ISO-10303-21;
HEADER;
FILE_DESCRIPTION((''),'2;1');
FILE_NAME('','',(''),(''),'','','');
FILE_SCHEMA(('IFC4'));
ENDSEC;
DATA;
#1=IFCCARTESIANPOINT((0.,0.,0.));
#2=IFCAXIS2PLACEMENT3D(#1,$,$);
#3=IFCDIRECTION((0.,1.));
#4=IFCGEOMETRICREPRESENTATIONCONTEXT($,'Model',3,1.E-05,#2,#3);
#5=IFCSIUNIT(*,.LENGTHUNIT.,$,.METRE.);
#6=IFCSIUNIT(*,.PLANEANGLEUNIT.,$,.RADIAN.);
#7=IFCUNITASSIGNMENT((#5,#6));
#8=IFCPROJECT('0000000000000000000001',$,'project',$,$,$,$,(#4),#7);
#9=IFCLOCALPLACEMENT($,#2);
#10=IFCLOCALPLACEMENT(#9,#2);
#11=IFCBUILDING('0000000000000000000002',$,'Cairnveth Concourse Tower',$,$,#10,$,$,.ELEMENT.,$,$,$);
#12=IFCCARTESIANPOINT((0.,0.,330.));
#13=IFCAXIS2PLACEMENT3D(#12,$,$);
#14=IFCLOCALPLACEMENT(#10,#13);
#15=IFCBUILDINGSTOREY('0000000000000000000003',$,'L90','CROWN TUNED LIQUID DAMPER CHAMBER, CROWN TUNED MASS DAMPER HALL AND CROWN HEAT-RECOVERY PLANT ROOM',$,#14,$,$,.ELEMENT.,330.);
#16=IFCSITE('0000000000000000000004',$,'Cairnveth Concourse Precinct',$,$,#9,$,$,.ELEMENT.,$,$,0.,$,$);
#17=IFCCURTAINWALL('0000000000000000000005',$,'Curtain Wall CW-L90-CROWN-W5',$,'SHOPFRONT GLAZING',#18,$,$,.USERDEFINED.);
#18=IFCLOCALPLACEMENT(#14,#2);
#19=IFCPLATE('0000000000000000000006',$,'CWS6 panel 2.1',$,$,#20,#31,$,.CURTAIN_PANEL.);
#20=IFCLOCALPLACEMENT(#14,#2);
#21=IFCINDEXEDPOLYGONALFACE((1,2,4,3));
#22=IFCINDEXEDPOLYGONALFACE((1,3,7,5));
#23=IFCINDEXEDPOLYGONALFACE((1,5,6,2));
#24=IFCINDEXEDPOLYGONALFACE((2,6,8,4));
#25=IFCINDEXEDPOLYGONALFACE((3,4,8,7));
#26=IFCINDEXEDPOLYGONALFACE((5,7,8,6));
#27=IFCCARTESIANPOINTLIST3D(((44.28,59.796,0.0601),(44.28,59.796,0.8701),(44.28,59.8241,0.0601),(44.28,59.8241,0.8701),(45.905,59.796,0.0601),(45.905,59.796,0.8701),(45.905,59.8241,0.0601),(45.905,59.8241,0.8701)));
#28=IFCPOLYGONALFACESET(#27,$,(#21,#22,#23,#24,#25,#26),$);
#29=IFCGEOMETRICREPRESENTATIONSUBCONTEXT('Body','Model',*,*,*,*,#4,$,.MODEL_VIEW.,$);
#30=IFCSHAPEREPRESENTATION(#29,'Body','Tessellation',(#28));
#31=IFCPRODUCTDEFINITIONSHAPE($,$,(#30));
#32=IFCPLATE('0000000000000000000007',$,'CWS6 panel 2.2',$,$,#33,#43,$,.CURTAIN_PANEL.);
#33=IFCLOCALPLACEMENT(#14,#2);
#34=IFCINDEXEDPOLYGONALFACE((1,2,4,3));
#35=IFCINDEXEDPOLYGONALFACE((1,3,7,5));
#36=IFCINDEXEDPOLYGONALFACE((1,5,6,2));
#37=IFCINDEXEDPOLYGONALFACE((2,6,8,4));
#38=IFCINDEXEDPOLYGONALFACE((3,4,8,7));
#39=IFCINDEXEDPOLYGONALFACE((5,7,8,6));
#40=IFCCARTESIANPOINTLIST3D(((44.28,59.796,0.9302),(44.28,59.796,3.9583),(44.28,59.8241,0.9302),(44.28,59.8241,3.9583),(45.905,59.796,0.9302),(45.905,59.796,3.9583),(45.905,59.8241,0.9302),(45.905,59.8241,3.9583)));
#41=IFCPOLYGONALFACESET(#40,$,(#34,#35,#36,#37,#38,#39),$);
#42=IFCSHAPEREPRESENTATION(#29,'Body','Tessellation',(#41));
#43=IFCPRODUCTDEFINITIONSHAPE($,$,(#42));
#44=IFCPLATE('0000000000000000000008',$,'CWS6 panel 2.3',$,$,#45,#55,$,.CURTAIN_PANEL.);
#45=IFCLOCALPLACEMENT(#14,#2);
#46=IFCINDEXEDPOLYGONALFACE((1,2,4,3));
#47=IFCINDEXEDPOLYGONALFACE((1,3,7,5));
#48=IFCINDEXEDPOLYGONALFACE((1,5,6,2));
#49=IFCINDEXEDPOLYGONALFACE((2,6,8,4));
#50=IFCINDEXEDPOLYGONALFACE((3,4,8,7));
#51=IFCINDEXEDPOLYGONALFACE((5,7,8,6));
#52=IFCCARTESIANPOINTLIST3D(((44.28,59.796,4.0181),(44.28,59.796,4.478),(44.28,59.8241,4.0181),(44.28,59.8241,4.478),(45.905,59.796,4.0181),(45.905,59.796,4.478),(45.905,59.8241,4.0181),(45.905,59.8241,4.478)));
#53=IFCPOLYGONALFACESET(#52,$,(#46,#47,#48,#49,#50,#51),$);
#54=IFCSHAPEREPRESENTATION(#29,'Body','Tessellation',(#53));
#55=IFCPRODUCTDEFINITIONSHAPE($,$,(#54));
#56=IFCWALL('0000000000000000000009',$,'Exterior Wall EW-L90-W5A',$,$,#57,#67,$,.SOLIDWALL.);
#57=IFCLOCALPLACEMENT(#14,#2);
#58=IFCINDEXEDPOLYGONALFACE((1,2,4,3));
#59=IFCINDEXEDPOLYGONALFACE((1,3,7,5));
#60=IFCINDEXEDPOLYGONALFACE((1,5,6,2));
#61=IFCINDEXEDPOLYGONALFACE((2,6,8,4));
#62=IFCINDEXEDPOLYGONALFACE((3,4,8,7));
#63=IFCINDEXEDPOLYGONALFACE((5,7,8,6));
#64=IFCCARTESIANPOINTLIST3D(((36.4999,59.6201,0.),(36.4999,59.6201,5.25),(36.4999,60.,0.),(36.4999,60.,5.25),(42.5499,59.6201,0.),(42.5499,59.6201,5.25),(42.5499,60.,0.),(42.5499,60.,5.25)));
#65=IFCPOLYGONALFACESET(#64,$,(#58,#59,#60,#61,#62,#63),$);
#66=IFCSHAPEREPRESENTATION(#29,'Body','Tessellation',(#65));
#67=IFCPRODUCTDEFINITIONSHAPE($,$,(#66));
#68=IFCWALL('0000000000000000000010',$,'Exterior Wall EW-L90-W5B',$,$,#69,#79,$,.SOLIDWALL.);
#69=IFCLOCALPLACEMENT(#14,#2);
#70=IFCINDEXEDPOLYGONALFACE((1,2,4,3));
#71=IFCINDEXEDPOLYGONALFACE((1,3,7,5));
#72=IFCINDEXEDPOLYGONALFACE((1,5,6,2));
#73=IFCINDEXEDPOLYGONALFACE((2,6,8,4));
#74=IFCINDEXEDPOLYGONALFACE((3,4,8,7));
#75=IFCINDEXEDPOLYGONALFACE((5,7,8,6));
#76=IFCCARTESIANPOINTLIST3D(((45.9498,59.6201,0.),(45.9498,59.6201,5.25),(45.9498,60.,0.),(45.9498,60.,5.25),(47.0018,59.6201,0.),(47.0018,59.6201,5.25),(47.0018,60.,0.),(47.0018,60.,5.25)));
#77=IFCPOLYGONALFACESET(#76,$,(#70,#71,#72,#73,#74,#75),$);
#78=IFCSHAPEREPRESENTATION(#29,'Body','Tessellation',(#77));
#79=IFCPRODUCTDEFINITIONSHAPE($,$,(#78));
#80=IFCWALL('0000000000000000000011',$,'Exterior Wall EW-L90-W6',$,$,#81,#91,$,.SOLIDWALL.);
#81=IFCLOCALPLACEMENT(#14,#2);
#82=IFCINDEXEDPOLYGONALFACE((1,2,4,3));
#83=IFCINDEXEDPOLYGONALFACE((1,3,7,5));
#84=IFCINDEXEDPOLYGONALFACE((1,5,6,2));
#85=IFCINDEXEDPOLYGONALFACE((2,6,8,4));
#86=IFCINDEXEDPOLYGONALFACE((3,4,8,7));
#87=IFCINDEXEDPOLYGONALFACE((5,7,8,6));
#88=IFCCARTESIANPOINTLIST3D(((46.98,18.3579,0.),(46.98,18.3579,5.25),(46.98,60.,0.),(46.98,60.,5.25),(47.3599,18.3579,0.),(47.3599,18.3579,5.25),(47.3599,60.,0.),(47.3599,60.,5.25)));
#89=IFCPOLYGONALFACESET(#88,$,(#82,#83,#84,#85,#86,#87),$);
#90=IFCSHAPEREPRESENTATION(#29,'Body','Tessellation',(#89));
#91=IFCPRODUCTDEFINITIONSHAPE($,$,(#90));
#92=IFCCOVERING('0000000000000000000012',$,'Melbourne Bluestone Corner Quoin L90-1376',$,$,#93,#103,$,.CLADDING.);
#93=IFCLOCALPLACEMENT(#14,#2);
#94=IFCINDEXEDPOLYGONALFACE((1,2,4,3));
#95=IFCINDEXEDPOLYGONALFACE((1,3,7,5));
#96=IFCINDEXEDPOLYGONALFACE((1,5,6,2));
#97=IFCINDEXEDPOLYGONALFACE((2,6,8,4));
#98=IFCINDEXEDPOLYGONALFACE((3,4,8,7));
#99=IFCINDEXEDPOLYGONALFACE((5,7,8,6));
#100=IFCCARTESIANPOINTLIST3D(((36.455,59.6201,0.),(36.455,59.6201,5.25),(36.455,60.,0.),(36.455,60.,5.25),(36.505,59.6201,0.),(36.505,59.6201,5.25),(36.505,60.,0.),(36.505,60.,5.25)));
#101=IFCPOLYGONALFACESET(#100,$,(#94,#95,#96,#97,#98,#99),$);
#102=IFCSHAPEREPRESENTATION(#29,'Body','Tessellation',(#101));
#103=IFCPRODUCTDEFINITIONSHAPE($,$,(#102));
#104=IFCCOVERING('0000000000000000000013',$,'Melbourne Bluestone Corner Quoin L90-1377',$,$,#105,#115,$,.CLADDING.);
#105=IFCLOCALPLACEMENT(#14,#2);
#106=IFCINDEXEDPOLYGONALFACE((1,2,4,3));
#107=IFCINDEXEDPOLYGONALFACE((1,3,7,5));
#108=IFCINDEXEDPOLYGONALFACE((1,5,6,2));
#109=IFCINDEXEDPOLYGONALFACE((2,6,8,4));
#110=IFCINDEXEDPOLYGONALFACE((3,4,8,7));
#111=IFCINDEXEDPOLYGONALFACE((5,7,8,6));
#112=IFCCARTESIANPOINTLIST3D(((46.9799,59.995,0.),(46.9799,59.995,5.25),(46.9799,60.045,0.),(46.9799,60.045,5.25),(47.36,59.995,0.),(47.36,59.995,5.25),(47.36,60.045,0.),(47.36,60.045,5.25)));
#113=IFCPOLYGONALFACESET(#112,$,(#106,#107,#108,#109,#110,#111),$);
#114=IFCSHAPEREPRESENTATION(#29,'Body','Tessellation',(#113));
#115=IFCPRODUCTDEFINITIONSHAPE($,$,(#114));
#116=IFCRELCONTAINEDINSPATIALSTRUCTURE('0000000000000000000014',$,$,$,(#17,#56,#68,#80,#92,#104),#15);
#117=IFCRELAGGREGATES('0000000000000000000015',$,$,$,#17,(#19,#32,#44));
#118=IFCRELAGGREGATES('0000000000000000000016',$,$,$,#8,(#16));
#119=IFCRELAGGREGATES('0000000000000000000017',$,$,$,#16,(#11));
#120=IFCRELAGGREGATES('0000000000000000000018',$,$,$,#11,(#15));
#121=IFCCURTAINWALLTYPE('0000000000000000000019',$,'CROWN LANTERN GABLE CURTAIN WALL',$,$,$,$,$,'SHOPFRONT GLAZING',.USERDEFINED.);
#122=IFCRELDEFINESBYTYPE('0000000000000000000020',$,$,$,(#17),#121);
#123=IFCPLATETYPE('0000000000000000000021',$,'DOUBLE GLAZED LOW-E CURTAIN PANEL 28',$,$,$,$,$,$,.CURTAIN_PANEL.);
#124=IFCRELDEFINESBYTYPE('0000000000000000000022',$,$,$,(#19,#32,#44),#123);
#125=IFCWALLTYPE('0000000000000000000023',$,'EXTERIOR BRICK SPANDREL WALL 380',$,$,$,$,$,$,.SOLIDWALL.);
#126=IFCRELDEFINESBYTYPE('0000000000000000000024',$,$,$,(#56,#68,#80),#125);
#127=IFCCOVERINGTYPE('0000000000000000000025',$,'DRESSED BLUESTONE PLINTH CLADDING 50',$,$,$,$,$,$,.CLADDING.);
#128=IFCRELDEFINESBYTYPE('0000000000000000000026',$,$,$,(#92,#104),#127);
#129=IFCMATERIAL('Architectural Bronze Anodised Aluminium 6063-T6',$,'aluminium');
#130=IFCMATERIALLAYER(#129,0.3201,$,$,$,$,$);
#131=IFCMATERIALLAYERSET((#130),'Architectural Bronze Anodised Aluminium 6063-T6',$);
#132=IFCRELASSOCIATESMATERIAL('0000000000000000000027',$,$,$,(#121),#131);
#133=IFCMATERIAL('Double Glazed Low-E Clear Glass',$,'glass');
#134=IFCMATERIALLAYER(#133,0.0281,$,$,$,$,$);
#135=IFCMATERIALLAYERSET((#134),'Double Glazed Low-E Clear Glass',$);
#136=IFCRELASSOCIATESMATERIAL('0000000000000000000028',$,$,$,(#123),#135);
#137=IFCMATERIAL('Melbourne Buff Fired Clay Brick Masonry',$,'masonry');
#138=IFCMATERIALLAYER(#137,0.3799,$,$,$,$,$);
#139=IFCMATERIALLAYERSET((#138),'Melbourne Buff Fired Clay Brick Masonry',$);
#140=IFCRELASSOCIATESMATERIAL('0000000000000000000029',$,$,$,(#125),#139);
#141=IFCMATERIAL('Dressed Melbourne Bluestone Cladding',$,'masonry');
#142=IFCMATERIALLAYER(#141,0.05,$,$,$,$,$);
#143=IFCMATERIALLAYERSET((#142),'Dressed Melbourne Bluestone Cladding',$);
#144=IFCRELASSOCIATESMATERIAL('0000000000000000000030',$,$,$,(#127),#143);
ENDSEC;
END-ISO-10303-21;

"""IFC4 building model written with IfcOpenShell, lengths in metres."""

from ifc_helpers import new_model, si_unit, direction, frame, frame_2d, origin, origin_2d, place, context, subcontext, project, spatial, rectangle, extrude, material, layer, layer_set, type_object, element, aggregate, save


model = new_model("IFC4")

# Units and contexts
model_context = context("Model", 3, precision=1e-05, world=origin(), true_north=direction((0.0, 1.0)))
body_context = subcontext(model_context, "Body", "Model", "MODEL_VIEW")
ifc_project = project(units=[si_unit("LENGTHUNIT", "METRE"), si_unit("PLANEANGLEUNIT", "RADIAN")], contexts=[model_context])

# Site, building, storey
site_placement = place(None, origin())
site = spatial("IfcSite", under=ifc_project, at=site_placement, Name="Cairnveth Concourse Precinct", CompositionType="ELEMENT", RefElevation=0.0)
building_placement = place(site_placement, origin())
building = spatial("IfcBuilding", under=site, at=building_placement, Name="Cairnveth Concourse Tower", CompositionType="ELEMENT")
storey_placement = place(building_placement, frame((0.0, 0.0, 330.0)))
storey = spatial("IfcBuildingStorey", under=building, at=storey_placement, Name="L90", Description="CROWN TUNED LIQUID DAMPER CHAMBER, CROWN TUNED MASS DAMPER HALL AND CROWN HEAT-RECOVERY PLANT ROOM", CompositionType="ELEMENT", Elevation=330.0)

# Curtain wall
ifc_material_1 = material(Name="Architectural Bronze Anodised Aluminium 6063-T6", Category="aluminium")
ifc_layer_1 = layer(ifc_material_1, 0.3201)
ifc_layer_set_1 = layer_set([ifc_layer_1], Name="Architectural Bronze Anodised Aluminium 6063-T6")
curtain_wall_type = type_object("IfcCurtainWallType", Name="CROWN LANTERN GABLE CURTAIN WALL", ElementType="SHOPFRONT GLAZING", PredefinedType="USERDEFINED", material=ifc_layer_set_1)
curtain_wall_placement = place(storey_placement, origin())
curtain_wall = element("IfcCurtainWall", 1, at=curtain_wall_placement, inside=storey, type_object=curtain_wall_type, Name="Curtain Wall CW-L90-CROWN-W5", ObjectType="SHOPFRONT GLAZING", PredefinedType="USERDEFINED")

# Plates
ifc_material_2 = material(Name="Double Glazed Low-E Clear Glass", Category="glass")
ifc_layer_2 = layer(ifc_material_2, 0.0281)
ifc_layer_set_2 = layer_set([ifc_layer_2], Name="Double Glazed Low-E Clear Glass")
plate_type = type_object("IfcPlateType", Name="DOUBLE GLAZED LOW-E CURTAIN PANEL 28", PredefinedType="CURTAIN_PANEL", material=ifc_layer_set_2)
plate_1_placement = place(storey_placement, frame((45.0925, 59.8101, 0.0601), z_axis=(0.0, 0.0, 1.0), x_axis=(1.0, 0.0, 0.0)))
plate_1 = element("IfcPlate", 2, at=plate_1_placement, type_object=plate_type, Name="CWS6 panel 2.1", PredefinedType="CURTAIN_PANEL", context=body_context, shape_type="SweptSolid", body=[
    extrude(rectangle(XDim=1.625, YDim=0.0281, at=origin_2d()), origin(), (0.0, 0.0, 1.0), 0.8101),
])
plate_2_placement = place(storey_placement, frame((45.0925, 59.8101, 0.9302), z_axis=(0.0, 0.0, 1.0), x_axis=(1.0, 0.0, 0.0)))
plate_2 = element("IfcPlate", 3, at=plate_2_placement, type_object=plate_type, Name="CWS6 panel 2.2", PredefinedType="CURTAIN_PANEL", context=body_context, shape_type="SweptSolid", body=[
    extrude(rectangle(XDim=1.625, YDim=0.0281, at=origin_2d()), origin(), (0.0, 0.0, 1.0), 3.0281),
])
plate_3_placement = place(storey_placement, frame((45.0925, 59.8101, 4.0181), z_axis=(0.0, 0.0, 1.0), x_axis=(1.0, 0.0, 0.0)))
plate_3 = element("IfcPlate", 4, at=plate_3_placement, type_object=plate_type, Name="CWS6 panel 2.3", PredefinedType="CURTAIN_PANEL", context=body_context, shape_type="SweptSolid", body=[
    extrude(rectangle(XDim=1.625, YDim=0.0281, at=origin_2d()), origin(), (0.0, 0.0, 1.0), 0.46),
])
aggregate(curtain_wall, [plate_1, plate_2, plate_3])

# Walls
ifc_material_3 = material(Name="Melbourne Buff Fired Clay Brick Masonry", Category="masonry")
ifc_layer_3 = layer(ifc_material_3, 0.3799)
ifc_layer_set_3 = layer_set([ifc_layer_3], Name="Melbourne Buff Fired Clay Brick Masonry")
wall_type = type_object("IfcWallType", Name="EXTERIOR BRICK SPANDREL WALL 380", PredefinedType="SOLIDWALL", material=ifc_layer_set_3)
wall_1_placement = place(storey_placement, frame((36.5, 59.8101, 0.0), z_axis=(0.0, 0.0, 1.0), x_axis=(1.0, 0.0, 0.0)))
element("IfcWall", 5, at=wall_1_placement, inside=storey, type_object=wall_type, Name="Exterior Wall EW-L90-W5A", PredefinedType="SOLIDWALL", context=body_context, shape_type="SweptSolid", body=[
    extrude(rectangle(XDim=6.05, YDim=0.3799, at=frame_2d((3.0249, 0.0))), origin(), (0.0, 0.0, 1.0), 5.25),
])
wall_2_placement = place(storey_placement, frame((45.95, 59.8101, 0.0), z_axis=(0.0, 0.0, 1.0), x_axis=(1.0, 0.0, 0.0)))
element("IfcWall", 6, at=wall_2_placement, inside=storey, type_object=wall_type, Name="Exterior Wall EW-L90-W5B", PredefinedType="SOLIDWALL", context=body_context, shape_type="SweptSolid", body=[
    extrude(rectangle(XDim=1.052, YDim=0.3799, at=frame_2d((0.5259, 0.0))), origin(), (0.0, 0.0, 1.0), 5.25),
])
wall_3_placement = place(storey_placement, frame((47.1699, 60.0, 0.0), z_axis=(0.0, 0.0, 1.0), x_axis=(0.0, -1.0, 0.0)))
element("IfcWall", 7, at=wall_3_placement, inside=storey, type_object=wall_type, Name="Exterior Wall EW-L90-W6", PredefinedType="SOLIDWALL", context=body_context, shape_type="SweptSolid", body=[
    extrude(rectangle(XDim=41.6421, YDim=0.3799, at=frame_2d((20.821, 0.0))), origin(), (0.0, 0.0, 1.0), 5.25),
])

# Coverings
ifc_material_4 = material(Name="Dressed Melbourne Bluestone Cladding", Category="masonry")
ifc_layer_4 = layer(ifc_material_4, 0.05)
ifc_layer_set_4 = layer_set([ifc_layer_4], Name="Dressed Melbourne Bluestone Cladding")
covering_type = type_object("IfcCoveringType", Name="DRESSED BLUESTONE PLINTH CLADDING 50", PredefinedType="CLADDING", material=ifc_layer_set_4)
covering_1_placement = place(storey_placement, frame((36.48, 59.6201, 0.0), z_axis=(0.0, 0.0, 1.0), x_axis=(0.0, 1.0, 0.0)))
element("IfcCovering", 8, at=covering_1_placement, inside=storey, type_object=covering_type, Name="Melbourne Bluestone Corner Quoin L90-1376", PredefinedType="CLADDING", context=body_context, shape_type="SweptSolid", body=[
    extrude(rectangle(XDim=0.3799, YDim=0.05, at=frame_2d((0.1899, 0.0))), origin(), (0.0, 0.0, 1.0), 5.25),
])
covering_2_placement = place(storey_placement, frame((46.98, 60.02, 0.0), z_axis=(0.0, 0.0, 1.0), x_axis=(1.0, 0.0, 0.0)))
element("IfcCovering", 9, at=covering_2_placement, inside=storey, type_object=covering_type, Name="Melbourne Bluestone Corner Quoin L90-1377", PredefinedType="CLADDING", context=body_context, shape_type="SweptSolid", body=[
    extrude(rectangle(XDim=0.3801, YDim=0.05, at=frame_2d((0.1899, 0.0))), origin(), (0.0, 0.0, 1.0), 5.25),
])

save(model, "model.ifc")
